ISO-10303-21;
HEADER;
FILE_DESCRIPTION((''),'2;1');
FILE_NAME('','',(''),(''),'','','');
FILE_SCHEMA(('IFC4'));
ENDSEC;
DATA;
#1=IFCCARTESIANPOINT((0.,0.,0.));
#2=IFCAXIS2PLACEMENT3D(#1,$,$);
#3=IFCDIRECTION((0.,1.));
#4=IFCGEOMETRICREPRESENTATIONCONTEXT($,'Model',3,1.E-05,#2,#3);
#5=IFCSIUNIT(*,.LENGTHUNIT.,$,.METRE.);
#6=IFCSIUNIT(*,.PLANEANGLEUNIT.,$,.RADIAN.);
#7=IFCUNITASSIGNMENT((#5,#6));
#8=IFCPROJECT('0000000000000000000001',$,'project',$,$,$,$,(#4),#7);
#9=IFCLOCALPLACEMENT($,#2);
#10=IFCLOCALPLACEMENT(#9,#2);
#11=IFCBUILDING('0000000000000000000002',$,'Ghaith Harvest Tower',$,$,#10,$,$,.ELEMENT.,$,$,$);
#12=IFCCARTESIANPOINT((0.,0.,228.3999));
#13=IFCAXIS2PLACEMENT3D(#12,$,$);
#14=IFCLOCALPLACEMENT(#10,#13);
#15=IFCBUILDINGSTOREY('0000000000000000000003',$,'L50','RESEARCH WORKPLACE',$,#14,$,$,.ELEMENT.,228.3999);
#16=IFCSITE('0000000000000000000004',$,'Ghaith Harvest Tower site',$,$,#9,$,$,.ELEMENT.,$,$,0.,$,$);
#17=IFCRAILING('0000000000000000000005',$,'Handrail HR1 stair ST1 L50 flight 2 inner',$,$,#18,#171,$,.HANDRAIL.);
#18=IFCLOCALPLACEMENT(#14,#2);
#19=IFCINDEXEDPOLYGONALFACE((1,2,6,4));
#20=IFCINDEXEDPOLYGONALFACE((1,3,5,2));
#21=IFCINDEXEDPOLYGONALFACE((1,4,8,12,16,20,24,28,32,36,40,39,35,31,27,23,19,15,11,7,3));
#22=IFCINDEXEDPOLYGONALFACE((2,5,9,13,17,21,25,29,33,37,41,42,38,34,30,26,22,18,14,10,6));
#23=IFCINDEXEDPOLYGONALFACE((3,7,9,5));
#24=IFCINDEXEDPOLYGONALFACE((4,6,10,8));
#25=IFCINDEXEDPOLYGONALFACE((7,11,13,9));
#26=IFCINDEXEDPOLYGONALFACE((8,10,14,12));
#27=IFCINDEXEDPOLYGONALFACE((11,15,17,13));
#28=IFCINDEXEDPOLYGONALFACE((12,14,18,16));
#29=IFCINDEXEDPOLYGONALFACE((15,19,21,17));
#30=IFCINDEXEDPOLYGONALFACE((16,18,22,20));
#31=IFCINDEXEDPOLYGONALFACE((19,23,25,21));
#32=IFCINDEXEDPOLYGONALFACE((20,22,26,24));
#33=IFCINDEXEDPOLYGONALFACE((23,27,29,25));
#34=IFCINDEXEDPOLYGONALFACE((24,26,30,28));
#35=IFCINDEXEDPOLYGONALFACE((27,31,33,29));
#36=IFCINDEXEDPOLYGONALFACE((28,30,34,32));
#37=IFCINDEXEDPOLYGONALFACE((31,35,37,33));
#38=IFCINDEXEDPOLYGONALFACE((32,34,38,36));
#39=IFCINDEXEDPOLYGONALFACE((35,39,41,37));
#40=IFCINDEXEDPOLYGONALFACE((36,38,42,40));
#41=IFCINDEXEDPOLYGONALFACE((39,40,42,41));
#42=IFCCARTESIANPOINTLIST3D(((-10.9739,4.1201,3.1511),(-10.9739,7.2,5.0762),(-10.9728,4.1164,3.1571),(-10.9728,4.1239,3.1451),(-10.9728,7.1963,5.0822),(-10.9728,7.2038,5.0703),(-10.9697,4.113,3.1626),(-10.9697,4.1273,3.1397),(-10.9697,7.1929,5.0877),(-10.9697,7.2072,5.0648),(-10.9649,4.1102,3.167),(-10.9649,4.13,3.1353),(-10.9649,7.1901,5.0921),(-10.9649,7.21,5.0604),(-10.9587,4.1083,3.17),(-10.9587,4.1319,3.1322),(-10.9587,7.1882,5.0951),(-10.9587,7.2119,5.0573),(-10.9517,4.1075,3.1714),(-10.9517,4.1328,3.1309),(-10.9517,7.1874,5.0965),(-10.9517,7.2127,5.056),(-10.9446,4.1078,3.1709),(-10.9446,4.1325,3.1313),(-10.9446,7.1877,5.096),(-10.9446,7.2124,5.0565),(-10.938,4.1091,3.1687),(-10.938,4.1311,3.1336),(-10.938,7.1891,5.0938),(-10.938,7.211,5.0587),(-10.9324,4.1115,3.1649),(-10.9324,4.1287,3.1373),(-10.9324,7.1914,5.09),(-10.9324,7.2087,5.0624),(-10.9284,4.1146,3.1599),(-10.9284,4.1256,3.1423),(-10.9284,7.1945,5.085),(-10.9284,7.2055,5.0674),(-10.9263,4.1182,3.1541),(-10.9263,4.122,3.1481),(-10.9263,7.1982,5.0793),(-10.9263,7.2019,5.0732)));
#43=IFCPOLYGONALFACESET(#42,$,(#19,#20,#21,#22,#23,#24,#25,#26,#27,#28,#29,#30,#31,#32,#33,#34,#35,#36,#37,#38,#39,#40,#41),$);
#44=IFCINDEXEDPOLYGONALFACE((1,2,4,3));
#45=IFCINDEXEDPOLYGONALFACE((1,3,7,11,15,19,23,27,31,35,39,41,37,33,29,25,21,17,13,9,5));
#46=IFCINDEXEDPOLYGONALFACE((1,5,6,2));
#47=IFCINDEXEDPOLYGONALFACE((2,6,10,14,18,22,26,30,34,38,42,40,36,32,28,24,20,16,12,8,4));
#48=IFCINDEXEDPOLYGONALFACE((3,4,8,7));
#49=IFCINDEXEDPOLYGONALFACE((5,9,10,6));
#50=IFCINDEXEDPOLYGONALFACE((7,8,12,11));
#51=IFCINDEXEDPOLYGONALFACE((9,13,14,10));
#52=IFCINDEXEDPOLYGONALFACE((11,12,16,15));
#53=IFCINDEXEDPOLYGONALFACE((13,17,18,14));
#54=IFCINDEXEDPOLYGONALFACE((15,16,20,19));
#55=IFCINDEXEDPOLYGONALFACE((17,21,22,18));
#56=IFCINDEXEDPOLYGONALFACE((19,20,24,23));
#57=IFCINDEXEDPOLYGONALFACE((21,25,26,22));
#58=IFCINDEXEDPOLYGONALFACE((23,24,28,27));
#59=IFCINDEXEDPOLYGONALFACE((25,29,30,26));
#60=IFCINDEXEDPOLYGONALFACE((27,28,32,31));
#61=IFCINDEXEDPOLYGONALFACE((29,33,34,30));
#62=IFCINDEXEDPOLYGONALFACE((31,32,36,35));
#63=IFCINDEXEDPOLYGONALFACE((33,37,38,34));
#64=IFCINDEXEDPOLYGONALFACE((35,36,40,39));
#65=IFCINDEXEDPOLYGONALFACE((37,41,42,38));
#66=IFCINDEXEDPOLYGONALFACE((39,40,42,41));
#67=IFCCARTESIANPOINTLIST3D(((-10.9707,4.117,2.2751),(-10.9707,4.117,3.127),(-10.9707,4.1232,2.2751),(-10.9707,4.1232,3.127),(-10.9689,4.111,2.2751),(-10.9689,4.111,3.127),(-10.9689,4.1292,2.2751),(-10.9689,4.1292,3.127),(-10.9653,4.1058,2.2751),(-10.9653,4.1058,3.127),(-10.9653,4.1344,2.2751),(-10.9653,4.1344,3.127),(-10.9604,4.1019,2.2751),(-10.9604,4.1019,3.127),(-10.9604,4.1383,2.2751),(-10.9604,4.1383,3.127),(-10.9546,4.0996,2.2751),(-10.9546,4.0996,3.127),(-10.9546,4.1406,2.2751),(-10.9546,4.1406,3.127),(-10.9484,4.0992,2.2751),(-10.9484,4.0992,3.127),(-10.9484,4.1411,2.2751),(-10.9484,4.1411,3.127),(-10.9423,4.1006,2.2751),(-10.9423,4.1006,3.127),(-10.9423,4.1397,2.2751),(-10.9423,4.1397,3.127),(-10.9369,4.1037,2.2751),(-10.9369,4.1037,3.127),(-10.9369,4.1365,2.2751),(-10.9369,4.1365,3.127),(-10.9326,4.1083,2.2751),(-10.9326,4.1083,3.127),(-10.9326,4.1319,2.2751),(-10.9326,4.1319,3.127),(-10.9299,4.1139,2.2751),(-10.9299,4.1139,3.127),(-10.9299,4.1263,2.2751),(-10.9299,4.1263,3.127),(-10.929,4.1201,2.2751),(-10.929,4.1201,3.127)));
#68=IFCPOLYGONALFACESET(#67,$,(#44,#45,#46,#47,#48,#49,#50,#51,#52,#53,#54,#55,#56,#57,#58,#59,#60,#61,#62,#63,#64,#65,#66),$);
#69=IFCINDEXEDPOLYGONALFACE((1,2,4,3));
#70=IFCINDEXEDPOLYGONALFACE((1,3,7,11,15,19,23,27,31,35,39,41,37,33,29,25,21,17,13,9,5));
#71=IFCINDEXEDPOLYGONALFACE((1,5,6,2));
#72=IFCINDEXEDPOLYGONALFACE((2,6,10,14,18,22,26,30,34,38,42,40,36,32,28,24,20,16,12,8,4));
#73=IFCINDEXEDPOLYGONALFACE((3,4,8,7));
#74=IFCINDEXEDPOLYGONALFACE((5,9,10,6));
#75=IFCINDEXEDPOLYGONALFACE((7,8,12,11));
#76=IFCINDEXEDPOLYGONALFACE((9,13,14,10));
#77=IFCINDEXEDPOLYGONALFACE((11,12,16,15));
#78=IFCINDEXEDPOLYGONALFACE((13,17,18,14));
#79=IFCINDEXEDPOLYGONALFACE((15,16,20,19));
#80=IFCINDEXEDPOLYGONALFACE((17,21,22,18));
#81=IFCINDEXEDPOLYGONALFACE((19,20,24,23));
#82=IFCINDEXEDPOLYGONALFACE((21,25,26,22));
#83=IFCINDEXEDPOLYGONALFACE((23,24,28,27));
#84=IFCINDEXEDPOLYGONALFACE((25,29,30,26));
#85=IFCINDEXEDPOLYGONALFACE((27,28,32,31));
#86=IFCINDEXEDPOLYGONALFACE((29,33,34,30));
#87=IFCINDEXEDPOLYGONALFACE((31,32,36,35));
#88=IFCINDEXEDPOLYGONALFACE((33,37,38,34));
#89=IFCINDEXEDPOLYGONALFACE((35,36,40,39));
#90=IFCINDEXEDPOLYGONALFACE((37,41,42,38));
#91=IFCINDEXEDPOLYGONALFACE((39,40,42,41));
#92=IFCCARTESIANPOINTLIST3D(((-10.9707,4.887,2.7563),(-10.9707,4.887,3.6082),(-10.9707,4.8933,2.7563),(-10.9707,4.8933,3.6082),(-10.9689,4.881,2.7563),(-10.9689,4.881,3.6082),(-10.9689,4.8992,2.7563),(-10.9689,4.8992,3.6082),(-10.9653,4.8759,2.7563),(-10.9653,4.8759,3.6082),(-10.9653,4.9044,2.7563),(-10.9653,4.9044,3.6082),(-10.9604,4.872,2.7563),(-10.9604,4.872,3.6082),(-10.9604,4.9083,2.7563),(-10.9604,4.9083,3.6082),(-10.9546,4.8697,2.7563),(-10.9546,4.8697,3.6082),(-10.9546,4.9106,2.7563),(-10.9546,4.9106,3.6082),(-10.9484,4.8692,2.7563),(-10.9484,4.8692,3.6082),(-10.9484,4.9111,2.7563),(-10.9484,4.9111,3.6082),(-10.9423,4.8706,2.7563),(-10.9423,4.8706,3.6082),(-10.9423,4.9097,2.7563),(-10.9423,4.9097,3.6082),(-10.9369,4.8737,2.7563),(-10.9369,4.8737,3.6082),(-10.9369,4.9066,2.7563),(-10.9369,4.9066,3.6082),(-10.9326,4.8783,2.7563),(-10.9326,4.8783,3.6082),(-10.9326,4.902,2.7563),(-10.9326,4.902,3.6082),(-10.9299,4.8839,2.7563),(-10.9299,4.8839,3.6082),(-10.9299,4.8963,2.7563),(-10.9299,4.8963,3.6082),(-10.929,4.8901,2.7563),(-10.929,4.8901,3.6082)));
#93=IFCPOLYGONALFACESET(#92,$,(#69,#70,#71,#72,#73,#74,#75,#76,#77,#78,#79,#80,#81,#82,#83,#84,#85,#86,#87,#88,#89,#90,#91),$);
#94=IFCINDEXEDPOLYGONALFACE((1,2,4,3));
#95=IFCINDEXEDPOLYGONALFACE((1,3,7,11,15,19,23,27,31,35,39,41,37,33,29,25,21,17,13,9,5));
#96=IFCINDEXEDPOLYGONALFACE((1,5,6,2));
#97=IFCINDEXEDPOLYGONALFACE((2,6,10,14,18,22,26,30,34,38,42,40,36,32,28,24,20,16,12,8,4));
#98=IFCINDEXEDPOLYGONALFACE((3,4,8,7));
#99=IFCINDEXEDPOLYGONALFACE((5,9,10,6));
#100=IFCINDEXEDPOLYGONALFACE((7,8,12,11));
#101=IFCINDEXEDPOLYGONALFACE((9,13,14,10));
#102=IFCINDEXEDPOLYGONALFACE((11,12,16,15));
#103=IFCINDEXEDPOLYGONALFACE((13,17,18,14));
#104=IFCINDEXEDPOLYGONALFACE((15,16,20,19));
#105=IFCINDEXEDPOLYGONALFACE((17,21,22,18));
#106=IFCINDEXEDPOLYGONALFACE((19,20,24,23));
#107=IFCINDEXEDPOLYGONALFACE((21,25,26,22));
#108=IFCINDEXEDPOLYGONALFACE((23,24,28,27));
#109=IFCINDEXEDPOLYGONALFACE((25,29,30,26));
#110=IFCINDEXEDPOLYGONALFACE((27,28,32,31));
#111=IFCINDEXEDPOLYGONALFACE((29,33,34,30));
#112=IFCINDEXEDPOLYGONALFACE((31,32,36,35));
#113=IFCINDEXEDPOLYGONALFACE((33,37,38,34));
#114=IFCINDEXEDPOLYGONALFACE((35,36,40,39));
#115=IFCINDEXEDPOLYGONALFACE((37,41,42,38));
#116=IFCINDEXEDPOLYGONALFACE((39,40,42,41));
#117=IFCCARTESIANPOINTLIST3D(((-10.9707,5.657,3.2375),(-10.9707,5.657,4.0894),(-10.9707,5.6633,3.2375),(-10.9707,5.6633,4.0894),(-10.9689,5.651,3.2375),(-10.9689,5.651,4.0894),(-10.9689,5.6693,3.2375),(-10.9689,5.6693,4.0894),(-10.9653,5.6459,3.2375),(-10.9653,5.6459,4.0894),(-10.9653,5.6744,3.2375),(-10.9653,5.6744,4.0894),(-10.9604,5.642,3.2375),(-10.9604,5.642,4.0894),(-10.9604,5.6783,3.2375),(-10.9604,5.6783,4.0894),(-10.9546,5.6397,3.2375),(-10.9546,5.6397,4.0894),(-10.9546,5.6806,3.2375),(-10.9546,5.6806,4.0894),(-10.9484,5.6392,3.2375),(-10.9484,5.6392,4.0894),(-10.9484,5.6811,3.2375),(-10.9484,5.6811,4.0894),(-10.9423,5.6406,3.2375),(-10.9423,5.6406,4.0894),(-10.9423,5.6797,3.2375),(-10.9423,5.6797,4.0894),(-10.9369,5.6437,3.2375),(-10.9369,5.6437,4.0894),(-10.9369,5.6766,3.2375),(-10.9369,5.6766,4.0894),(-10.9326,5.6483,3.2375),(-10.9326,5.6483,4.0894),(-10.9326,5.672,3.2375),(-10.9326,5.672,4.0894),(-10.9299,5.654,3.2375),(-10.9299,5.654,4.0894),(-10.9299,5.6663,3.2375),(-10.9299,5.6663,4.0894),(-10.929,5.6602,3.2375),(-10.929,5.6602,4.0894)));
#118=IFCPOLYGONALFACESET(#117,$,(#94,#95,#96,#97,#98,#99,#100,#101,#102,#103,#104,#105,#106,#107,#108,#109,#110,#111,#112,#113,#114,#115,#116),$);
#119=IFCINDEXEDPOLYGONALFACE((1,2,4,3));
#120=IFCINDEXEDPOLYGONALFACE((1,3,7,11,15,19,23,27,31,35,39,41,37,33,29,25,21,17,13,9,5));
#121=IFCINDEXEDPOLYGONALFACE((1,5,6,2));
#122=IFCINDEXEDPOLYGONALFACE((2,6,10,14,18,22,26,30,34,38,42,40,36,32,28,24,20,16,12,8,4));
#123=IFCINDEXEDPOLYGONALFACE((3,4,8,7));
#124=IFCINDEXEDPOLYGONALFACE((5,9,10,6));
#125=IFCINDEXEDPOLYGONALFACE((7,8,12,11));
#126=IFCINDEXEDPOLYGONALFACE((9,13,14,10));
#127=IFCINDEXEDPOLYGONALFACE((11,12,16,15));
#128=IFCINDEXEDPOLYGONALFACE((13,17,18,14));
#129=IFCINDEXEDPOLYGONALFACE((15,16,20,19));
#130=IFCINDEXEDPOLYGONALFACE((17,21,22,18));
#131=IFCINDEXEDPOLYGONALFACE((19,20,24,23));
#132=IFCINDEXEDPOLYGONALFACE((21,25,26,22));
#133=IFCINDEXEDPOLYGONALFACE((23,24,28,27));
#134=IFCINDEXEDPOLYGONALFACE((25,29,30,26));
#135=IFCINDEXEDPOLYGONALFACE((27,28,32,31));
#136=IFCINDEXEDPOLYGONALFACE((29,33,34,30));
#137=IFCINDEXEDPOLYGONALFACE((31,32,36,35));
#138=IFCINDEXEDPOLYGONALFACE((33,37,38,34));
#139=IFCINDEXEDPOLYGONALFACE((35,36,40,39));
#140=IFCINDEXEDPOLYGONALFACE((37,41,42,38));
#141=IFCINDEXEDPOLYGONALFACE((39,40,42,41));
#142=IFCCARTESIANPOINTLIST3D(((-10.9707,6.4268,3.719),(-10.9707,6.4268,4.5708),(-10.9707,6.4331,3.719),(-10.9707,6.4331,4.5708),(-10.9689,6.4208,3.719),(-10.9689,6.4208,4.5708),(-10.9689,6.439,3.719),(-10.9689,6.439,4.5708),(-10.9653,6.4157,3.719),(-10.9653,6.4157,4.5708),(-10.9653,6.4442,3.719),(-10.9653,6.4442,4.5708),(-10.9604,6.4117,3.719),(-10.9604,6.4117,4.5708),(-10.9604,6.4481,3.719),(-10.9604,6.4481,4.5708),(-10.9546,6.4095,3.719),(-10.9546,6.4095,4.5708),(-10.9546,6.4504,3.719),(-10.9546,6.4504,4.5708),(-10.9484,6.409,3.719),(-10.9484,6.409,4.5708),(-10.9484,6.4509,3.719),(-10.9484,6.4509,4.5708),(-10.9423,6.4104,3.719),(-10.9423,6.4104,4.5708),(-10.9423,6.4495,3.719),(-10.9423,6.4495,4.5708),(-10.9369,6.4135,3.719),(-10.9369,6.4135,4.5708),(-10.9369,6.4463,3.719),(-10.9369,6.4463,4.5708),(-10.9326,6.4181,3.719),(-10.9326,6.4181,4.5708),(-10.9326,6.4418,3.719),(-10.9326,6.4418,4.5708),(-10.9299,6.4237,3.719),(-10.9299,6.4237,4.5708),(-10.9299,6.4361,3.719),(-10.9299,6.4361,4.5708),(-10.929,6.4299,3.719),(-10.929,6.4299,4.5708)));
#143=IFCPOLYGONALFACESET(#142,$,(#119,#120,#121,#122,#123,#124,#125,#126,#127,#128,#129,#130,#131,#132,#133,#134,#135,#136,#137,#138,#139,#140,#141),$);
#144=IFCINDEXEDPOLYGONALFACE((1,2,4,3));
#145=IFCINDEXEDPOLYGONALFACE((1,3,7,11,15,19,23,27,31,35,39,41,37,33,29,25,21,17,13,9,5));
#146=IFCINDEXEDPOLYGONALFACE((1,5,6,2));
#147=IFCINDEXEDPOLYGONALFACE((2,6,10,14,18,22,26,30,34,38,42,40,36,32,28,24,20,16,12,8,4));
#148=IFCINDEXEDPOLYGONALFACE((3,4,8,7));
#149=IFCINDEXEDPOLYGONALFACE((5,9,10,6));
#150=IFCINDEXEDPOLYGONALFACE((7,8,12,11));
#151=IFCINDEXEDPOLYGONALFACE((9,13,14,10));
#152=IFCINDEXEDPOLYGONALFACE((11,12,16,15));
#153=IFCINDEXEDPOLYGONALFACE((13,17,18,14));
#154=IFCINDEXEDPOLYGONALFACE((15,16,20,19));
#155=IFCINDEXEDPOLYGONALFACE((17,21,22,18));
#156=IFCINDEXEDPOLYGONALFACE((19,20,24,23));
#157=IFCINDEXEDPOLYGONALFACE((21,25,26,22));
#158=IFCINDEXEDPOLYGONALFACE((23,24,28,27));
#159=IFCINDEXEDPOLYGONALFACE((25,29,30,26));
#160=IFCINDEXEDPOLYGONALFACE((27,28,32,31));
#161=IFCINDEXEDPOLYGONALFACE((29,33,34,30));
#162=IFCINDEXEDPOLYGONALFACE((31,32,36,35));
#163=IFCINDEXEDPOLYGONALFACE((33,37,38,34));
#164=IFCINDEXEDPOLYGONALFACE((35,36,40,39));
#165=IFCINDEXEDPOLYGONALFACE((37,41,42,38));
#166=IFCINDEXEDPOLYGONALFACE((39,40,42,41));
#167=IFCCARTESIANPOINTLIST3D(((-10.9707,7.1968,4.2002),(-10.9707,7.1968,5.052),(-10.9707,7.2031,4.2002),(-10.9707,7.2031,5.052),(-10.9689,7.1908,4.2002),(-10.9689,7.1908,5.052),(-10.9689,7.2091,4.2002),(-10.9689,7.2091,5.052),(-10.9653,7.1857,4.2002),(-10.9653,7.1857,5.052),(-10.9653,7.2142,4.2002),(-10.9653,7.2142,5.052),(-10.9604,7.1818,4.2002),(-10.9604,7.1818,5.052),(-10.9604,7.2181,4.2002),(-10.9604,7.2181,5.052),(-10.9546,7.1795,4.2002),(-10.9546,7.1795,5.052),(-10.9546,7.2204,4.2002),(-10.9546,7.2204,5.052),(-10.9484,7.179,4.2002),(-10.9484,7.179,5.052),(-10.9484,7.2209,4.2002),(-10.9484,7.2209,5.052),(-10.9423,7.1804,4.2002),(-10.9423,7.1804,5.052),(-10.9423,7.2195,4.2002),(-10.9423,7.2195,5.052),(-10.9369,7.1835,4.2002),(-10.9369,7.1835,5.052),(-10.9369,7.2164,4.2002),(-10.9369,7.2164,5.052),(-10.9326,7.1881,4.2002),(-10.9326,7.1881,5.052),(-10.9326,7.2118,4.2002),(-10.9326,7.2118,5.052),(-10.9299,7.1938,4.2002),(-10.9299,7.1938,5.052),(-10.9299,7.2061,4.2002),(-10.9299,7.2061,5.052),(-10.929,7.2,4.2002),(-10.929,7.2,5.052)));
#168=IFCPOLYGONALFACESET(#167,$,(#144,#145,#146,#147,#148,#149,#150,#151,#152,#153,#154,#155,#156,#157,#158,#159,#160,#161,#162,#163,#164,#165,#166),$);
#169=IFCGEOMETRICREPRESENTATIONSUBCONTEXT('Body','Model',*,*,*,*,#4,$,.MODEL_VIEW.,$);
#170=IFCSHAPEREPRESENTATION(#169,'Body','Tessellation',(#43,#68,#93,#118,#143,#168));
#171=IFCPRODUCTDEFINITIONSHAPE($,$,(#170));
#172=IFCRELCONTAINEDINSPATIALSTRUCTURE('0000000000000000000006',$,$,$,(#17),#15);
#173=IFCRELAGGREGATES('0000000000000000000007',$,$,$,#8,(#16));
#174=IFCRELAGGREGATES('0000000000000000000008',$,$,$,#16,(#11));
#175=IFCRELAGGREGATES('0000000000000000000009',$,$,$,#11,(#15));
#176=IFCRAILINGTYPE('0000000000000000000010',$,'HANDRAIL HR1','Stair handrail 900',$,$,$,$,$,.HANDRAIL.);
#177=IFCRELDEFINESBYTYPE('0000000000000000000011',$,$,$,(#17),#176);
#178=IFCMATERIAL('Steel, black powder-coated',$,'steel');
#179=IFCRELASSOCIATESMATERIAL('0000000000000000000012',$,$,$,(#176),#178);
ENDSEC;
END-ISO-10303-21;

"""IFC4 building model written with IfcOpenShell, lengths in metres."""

from ifc_helpers import new_model, si_unit, direction, frame, origin, origin_2d, place, context, subcontext, project, spatial, circle, extrude, material, type_object, element, save


model = new_model("IFC4")

# Units and contexts
model_context = context("Model", 3, precision=1e-05, world=origin(), true_north=direction((0.0, 1.0)))
body_context = subcontext(model_context, "Body", "Model", "MODEL_VIEW")
ifc_project = project(units=[si_unit("LENGTHUNIT", "METRE"), si_unit("PLANEANGLEUNIT", "RADIAN")], contexts=[model_context])

# Site, building, storey
site_placement = place(None, origin())
site = spatial("IfcSite", under=ifc_project, at=site_placement, Name="Ghaith Harvest Tower site", CompositionType="ELEMENT", RefElevation=0.0)
building_placement = place(site_placement, origin())
building = spatial("IfcBuilding", under=site, at=building_placement, Name="Ghaith Harvest Tower", CompositionType="ELEMENT")
storey_placement = place(building_placement, frame((0.0, 0.0, 228.3999)))
storey = spatial("IfcBuildingStorey", under=building, at=storey_placement, Name="L50", Description="RESEARCH WORKPLACE", CompositionType="ELEMENT", Elevation=228.3999)

# Railing
ifc_material_1 = material(Name="Steel, black powder-coated", Category="steel")
railing_type = type_object("IfcRailingType", Name="HANDRAIL HR1", Description="Stair handrail 900", PredefinedType="HANDRAIL", material=ifc_material_1)
railing_1_placement = place(storey_placement, frame((-10.95, 4.1201, 2.2751)))
element("IfcRailing", 1, at=railing_1_placement, inside=storey, type_object=railing_type, Name="Handrail HR1 stair ST1 L50 flight 2 inner", PredefinedType="HANDRAIL", context=body_context, shape_type="SweptSolid", body=[
    extrude(circle(Radius=0.0239, at=origin_2d()), frame((0.0, 0.0, 0.876), z_axis=(0.0, 0.847979, 0.530029), x_axis=(-1.0, 0.0, 0.0)), (0.0, 0.0, 1.0), 3.6321),
    extrude(circle(Radius=0.021, at=origin_2d()), origin(), (0.0, 0.0, 1.0), 0.8518),
    extrude(circle(Radius=0.021, at=origin_2d()), frame((0.0, 0.77, 0.4812)), (0.0, 0.0, 1.0), 0.8518),
    extrude(circle(Radius=0.021, at=origin_2d()), frame((0.0, 1.54, 0.9624)), (0.0, 0.0, 1.0), 0.8518),
    extrude(circle(Radius=0.021, at=origin_2d()), frame((0.0, 2.3098, 1.4438)), (0.0, 0.0, 1.0), 0.8518),
    extrude(circle(Radius=0.021, at=origin_2d()), frame((0.0, 3.0798, 1.925)), (0.0, 0.0, 1.0), 0.8518),
])

save(model, "model.ifc")
